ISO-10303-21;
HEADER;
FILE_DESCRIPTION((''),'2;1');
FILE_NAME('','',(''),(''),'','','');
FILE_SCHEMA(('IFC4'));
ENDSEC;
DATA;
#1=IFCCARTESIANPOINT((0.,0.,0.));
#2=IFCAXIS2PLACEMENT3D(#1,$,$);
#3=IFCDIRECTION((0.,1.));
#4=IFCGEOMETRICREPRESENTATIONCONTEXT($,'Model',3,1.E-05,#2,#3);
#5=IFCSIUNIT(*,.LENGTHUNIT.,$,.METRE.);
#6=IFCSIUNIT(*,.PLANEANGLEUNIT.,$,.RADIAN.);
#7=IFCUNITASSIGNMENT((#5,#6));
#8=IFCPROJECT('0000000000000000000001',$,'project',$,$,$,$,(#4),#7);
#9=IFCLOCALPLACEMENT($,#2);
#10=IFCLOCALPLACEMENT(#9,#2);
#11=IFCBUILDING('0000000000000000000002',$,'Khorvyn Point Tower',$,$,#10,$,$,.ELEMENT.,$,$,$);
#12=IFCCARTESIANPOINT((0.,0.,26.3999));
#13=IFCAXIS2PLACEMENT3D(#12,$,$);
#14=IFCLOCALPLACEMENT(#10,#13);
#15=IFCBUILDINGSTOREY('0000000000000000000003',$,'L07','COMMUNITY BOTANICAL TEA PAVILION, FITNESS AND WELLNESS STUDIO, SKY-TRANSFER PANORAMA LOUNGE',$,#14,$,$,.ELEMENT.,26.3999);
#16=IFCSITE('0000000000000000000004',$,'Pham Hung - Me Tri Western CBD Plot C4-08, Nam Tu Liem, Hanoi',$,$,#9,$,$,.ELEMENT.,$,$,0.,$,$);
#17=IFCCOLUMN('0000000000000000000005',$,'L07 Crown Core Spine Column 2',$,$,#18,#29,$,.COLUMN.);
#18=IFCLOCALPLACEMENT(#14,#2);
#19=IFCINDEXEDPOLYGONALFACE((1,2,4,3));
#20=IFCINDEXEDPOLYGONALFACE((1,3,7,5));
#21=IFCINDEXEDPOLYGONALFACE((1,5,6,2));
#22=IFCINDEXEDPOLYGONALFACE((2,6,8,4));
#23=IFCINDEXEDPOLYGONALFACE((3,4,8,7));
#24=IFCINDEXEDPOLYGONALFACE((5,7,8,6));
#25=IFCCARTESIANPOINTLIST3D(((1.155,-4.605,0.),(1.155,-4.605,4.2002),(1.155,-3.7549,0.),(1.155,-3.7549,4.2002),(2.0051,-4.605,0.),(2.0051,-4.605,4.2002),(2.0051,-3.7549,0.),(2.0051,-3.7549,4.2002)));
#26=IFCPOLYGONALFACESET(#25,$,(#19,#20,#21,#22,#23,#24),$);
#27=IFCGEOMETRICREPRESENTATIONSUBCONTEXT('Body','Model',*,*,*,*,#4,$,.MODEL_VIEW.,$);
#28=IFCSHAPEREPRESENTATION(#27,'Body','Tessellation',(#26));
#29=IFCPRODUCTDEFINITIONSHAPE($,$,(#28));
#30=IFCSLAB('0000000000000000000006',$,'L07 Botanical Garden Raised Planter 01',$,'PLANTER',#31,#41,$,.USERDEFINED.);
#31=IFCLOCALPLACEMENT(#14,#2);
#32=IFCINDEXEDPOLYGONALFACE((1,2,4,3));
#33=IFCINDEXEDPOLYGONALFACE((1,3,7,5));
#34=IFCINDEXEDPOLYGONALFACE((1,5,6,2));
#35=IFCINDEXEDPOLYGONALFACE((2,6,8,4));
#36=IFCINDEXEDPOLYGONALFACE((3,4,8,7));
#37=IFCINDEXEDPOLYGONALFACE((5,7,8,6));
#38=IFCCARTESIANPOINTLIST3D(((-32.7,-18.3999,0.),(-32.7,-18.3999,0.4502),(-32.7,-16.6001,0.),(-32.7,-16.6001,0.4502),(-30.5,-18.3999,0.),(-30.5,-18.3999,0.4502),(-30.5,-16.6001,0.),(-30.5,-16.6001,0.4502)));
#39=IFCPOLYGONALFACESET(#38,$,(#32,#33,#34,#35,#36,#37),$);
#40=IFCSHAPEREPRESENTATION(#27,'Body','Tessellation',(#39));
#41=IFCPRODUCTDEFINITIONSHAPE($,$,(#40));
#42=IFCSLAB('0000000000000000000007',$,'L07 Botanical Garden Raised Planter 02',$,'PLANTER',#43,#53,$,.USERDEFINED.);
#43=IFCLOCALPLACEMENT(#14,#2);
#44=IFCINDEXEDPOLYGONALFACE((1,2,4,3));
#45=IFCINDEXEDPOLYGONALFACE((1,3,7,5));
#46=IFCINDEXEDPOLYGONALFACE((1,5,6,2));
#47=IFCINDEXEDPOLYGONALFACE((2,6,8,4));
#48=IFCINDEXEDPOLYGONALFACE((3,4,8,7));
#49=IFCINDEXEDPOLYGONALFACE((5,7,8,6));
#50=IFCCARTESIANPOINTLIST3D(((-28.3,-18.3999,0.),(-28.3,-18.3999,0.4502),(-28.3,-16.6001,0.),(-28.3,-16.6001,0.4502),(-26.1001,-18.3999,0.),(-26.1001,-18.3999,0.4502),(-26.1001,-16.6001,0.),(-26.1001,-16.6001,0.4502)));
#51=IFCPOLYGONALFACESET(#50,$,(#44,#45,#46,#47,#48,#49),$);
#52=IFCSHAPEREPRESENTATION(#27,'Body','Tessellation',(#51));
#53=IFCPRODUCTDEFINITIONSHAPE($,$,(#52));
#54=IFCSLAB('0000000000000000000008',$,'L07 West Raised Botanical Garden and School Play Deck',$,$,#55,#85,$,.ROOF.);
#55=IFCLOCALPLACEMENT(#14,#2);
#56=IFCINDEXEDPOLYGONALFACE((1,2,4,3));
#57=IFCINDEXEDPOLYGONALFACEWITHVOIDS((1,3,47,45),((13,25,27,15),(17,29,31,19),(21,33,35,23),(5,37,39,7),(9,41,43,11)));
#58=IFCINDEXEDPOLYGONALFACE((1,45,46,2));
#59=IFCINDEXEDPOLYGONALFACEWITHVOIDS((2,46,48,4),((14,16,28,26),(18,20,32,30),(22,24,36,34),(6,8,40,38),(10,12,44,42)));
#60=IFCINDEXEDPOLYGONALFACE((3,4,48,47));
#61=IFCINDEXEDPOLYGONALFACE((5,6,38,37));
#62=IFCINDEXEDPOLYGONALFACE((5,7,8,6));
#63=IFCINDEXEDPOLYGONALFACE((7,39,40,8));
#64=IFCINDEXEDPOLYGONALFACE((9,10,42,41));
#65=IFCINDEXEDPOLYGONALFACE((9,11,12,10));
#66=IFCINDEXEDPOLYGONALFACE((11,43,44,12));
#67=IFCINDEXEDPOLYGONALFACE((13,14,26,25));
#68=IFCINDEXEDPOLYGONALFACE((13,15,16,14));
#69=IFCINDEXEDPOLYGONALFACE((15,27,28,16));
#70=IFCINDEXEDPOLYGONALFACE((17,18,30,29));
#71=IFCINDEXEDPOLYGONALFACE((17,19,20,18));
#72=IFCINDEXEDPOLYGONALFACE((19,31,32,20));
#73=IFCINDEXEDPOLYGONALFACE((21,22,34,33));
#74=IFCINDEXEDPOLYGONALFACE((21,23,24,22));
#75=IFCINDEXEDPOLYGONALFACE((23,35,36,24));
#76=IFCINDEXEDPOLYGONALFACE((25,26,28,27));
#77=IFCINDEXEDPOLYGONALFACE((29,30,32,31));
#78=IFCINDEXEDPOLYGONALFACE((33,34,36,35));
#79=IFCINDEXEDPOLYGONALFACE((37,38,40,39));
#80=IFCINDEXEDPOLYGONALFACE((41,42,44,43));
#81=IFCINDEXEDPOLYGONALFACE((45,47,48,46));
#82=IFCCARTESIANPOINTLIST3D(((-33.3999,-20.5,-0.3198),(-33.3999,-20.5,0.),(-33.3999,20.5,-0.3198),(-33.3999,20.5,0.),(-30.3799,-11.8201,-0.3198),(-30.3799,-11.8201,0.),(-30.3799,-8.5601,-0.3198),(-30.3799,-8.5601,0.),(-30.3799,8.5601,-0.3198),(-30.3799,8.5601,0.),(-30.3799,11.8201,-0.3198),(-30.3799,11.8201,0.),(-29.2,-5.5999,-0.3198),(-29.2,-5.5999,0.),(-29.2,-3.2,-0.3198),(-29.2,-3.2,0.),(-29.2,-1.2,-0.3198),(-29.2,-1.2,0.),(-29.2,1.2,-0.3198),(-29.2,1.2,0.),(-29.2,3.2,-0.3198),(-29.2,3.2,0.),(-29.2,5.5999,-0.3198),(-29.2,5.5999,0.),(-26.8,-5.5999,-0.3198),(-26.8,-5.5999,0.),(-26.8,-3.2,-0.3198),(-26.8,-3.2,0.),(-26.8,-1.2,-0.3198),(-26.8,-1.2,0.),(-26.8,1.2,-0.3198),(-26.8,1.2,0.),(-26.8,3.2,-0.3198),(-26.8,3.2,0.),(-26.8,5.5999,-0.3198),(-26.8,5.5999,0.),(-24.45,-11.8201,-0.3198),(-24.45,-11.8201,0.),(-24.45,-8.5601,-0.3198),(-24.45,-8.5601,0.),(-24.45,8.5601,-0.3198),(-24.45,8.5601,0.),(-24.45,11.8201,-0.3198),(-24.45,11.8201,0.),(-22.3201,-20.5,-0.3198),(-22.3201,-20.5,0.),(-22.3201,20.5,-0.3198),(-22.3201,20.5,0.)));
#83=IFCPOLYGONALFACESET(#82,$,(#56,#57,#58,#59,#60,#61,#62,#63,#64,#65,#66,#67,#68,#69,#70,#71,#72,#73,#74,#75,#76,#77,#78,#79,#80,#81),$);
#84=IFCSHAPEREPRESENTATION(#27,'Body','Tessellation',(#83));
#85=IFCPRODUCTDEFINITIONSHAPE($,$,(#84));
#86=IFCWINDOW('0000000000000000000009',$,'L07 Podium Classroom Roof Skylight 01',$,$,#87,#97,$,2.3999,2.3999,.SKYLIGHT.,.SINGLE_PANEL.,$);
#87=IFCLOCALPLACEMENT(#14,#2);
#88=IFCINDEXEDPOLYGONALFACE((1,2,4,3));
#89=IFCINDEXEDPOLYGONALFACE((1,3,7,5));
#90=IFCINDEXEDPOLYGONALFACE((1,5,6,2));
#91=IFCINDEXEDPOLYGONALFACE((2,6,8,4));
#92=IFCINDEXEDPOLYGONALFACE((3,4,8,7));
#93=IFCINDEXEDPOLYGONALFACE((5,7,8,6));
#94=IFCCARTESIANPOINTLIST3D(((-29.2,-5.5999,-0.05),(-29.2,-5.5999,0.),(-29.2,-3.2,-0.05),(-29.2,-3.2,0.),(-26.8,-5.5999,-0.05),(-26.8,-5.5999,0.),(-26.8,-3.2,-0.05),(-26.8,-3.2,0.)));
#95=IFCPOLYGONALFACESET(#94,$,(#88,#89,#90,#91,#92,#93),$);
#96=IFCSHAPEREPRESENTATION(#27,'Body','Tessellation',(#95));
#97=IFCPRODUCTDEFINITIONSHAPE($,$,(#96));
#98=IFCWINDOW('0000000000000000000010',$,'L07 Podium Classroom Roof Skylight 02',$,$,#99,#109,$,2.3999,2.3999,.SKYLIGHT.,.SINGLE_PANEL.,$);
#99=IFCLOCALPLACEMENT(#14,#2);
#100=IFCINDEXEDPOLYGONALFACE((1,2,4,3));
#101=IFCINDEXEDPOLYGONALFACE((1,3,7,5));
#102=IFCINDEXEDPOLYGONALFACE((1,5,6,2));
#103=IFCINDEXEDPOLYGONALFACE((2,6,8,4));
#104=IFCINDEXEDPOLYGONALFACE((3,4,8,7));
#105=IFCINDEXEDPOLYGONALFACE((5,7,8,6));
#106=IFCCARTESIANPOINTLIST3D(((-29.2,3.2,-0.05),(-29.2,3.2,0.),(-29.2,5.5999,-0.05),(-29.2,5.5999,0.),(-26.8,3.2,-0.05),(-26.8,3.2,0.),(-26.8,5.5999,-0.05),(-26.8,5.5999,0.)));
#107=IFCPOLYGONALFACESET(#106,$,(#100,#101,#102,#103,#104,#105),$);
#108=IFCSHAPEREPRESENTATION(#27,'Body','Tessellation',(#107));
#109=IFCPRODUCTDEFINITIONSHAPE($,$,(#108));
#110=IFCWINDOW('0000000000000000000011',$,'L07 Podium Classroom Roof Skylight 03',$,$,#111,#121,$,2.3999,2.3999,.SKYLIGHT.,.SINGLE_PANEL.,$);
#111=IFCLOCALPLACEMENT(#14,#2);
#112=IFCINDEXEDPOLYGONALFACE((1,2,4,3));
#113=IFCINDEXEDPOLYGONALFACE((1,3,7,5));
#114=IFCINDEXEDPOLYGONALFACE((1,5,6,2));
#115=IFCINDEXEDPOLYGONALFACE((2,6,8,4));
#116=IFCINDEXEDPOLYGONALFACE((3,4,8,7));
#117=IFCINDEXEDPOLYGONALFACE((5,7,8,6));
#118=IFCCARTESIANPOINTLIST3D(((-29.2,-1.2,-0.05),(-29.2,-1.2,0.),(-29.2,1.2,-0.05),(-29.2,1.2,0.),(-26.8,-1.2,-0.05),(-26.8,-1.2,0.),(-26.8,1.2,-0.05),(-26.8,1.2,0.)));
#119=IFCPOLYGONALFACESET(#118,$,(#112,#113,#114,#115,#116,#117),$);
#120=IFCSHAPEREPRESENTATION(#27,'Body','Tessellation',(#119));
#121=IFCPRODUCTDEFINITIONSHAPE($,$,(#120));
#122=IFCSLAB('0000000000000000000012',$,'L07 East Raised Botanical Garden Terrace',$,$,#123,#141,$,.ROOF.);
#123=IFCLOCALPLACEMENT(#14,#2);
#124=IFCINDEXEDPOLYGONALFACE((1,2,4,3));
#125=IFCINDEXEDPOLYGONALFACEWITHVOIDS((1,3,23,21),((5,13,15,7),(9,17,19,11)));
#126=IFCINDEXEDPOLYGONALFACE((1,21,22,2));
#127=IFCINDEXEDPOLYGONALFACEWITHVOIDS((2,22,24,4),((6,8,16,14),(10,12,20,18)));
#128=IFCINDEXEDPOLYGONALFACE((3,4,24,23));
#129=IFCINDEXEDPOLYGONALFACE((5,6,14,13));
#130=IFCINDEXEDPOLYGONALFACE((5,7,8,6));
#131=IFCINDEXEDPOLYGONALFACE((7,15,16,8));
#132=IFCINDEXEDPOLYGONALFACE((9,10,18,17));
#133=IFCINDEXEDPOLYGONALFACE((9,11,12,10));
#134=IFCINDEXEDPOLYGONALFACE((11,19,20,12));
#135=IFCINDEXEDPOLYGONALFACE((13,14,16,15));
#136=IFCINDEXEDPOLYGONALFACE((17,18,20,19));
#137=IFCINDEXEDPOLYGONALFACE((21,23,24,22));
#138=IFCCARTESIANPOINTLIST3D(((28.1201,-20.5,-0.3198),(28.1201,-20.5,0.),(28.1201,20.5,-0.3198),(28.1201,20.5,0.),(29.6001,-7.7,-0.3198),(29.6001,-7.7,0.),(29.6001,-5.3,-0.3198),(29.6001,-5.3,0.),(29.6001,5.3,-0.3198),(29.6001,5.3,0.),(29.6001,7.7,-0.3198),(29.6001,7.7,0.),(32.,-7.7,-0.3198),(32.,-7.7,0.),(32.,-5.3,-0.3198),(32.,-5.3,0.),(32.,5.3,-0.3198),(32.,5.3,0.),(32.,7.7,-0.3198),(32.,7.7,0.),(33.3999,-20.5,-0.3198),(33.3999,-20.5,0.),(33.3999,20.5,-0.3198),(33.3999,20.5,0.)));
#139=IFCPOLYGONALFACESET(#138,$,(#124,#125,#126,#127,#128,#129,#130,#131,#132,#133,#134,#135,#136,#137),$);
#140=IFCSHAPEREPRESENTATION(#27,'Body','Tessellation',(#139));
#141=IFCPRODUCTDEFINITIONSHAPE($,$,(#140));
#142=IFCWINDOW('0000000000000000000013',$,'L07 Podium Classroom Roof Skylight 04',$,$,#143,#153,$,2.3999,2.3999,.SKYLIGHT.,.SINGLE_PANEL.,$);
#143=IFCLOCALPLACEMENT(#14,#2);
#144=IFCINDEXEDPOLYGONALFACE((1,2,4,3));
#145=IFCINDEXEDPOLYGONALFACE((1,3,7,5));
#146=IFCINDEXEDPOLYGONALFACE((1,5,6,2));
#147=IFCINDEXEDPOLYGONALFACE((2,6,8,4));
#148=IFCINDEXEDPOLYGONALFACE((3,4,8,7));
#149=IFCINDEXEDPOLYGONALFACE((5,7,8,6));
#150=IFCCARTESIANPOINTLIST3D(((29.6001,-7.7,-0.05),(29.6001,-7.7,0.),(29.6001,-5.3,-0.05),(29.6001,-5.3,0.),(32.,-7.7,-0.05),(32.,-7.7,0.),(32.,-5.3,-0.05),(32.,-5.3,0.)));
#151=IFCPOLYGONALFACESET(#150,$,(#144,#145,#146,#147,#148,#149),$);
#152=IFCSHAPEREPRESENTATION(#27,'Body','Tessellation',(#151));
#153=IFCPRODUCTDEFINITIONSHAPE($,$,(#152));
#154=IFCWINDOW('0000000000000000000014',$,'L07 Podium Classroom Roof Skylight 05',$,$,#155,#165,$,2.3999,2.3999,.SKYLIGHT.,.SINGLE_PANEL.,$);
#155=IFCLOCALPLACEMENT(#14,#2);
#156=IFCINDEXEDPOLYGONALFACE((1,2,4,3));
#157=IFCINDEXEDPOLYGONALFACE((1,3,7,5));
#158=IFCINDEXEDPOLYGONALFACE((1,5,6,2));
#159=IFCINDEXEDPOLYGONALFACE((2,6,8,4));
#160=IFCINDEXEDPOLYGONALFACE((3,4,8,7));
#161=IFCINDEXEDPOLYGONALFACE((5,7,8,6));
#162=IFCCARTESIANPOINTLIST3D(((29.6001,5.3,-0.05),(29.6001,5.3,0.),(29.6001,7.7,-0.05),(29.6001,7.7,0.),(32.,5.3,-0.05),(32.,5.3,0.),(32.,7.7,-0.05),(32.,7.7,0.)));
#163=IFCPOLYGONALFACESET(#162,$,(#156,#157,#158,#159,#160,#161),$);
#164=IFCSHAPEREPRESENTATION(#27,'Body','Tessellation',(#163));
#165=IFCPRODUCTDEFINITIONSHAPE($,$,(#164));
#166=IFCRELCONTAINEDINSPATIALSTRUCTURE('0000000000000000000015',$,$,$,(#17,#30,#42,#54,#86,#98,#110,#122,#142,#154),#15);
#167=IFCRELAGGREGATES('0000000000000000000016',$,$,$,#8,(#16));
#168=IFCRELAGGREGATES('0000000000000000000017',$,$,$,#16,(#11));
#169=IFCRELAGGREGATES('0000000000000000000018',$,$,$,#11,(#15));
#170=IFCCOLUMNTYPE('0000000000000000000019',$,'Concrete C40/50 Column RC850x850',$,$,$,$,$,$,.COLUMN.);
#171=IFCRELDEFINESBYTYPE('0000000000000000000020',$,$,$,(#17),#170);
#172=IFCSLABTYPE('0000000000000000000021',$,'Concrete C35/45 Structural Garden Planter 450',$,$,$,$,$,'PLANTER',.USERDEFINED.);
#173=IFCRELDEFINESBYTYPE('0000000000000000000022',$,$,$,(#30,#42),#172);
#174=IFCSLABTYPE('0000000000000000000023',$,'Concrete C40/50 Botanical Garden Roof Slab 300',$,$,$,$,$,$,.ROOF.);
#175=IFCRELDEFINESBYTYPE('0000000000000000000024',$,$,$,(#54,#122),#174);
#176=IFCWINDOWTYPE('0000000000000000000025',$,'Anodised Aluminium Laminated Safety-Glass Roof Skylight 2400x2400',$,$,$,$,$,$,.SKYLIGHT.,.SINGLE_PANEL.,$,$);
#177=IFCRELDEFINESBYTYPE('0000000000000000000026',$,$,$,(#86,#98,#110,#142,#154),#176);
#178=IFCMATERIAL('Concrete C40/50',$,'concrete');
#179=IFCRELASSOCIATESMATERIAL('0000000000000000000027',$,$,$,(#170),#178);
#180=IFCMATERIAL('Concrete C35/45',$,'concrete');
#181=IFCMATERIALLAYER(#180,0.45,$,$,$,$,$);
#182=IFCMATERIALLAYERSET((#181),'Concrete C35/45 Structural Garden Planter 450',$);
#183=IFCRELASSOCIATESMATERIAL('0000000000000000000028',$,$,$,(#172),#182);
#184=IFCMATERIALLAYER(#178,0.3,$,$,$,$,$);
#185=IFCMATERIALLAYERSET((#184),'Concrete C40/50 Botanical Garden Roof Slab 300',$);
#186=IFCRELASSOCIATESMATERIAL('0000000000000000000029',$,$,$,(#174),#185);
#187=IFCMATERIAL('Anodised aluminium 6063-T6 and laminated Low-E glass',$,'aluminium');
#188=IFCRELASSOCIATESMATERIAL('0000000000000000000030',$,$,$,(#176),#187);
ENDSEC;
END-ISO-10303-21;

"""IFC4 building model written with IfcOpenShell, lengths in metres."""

from ifc_helpers import new_model, si_unit, direction, frame, origin, origin_2d, place, context, subcontext, project, spatial, polyline, rectangle, outline, extrude, material, layer, layer_set, material_profile, profile_set, type_object, element, fill, save


model = new_model("IFC4")

# Units and contexts
model_context = context("Model", 3, precision=1e-05, world=origin(), true_north=direction((0.0, 1.0)))
body_context = subcontext(model_context, "Body", "Model", "MODEL_VIEW")
ifc_project = project(units=[si_unit("LENGTHUNIT", "METRE"), si_unit("PLANEANGLEUNIT", "RADIAN")], contexts=[model_context])

# Site, building, storey
site_placement = place(None, origin())
site = spatial("IfcSite", under=ifc_project, at=site_placement, Name="Pham Hung - Me Tri Western CBD Plot C4-08, Nam Tu Liem, Hanoi", CompositionType="ELEMENT", RefElevation=0.0)
building_placement = place(site_placement, origin())
building = spatial("IfcBuilding", under=site, at=building_placement, Name="Khorvyn Point Tower", CompositionType="ELEMENT")
storey_placement = place(building_placement, frame((0.0, 0.0, 26.3999)))
storey = spatial("IfcBuildingStorey", under=building, at=storey_placement, Name="L07", Description="COMMUNITY BOTANICAL TEA PAVILION, FITNESS AND WELLNESS STUDIO, SKY-TRANSFER PANORAMA LOUNGE", CompositionType="ELEMENT", Elevation=26.3999)

# Column
ifc_material_1 = material(Name="Concrete C40/50", Category="concrete")
ifc_material_profile = material_profile(ifc_material_1, rectangle(XDim=0.8501, YDim=0.8501, at=origin_2d()))
ifc_profile_set = profile_set([ifc_material_profile], Name="Concrete C40/50 RC850x850")
column_type = type_object("IfcColumnType", Name="Concrete C40/50 Column RC850x850", PredefinedType="COLUMN", material=ifc_profile_set)
column_placement = place(storey_placement, frame((1.5801, -4.1799, 0.0), z_axis=(0.0, 0.0, 1.0), x_axis=(1.0, 0.0, 0.0)))
element("IfcColumn", 1, at=column_placement, inside=storey, type_object=column_type, Name="L07 Crown Core Spine Column 2", PredefinedType="COLUMN", context=body_context, shape_type="SweptSolid", body=[
    extrude(rectangle(XDim=0.8501, YDim=0.8501, at=origin_2d()), origin(), (0.0, 0.0, 1.0), 4.2002),
])

# Slabs
ifc_material_2 = material(Name="Concrete C35/45", Category="concrete")
ifc_layer_1 = layer(ifc_material_2, 0.45)
ifc_layer_set_1 = layer_set([ifc_layer_1], Name="Concrete C35/45 Structural Garden Planter 450")
slab_type_1 = type_object("IfcSlabType", Name="Concrete C35/45 Structural Garden Planter 450", ElementType="PLANTER", PredefinedType="USERDEFINED", material=ifc_layer_set_1)
slab_1_placement = place(storey_placement, origin())
element("IfcSlab", 2, at=slab_1_placement, inside=storey, type_object=slab_type_1, Name="L07 Botanical Garden Raised Planter 01", ObjectType="PLANTER", PredefinedType="USERDEFINED", context=body_context, shape_type="SweptSolid", body=[
    extrude(outline(polyline([(-32.7, -18.3999), (-30.5, -18.3999), (-30.5, -16.6001), (-32.7, -16.6001), (-32.7, -18.3999)])), origin(), (0.0, 0.0, 1.0), 0.4502),
])
slab_2_placement = place(storey_placement, origin())
element("IfcSlab", 3, at=slab_2_placement, inside=storey, type_object=slab_type_1, Name="L07 Botanical Garden Raised Planter 02", ObjectType="PLANTER", PredefinedType="USERDEFINED", context=body_context, shape_type="SweptSolid", body=[
    extrude(outline(polyline([(-28.3, -18.3999), (-26.1001, -18.3999), (-26.1001, -16.6001), (-28.3, -16.6001), (-28.3, -18.3999)])), origin(), (0.0, 0.0, 1.0), 0.4502),
])

# Slabs, openings, windows
ifc_layer_2 = layer(ifc_material_1, 0.3)
ifc_layer_set_2 = layer_set([ifc_layer_2], Name="Concrete C40/50 Botanical Garden Roof Slab 300")
slab_type_2 = type_object("IfcSlabType", Name="Concrete C40/50 Botanical Garden Roof Slab 300", PredefinedType="ROOF", material=ifc_layer_set_2)
slab_3_placement = place(storey_placement, frame((0.0, 0.0, -0.3198)))
slab_3 = element("IfcSlab", 4, at=slab_3_placement, inside=storey, type_object=slab_type_2, Name="L07 West Raised Botanical Garden and School Play Deck", PredefinedType="ROOF", context=body_context, shape_type="SweptSolid", body=[
    extrude(outline(polyline([(-33.3999, 20.5), (-22.3201, 20.5), (-22.3201, -20.5), (-33.3999, -20.5), (-33.3999, 20.5)]), holes=[polyline([(-30.3799, -8.5601), (-30.3799, -11.8201), (-24.45, -11.8201), (-24.45, -8.5601), (-30.3799, -8.5601)]), polyline([(-30.3799, 11.8201), (-30.3799, 8.5601), (-24.45, 8.5601), (-24.45, 11.8201), (-30.3799, 11.8201)])]), origin(), (0.0, 0.0, 1.0), 0.3198),
])
opening_1_placement = place(slab_3_placement, frame((-28.0, -4.3999, 0.0)))
opening_1 = element("IfcOpeningElement", 5, at=opening_1_placement, cuts=slab_3, PredefinedType="OPENING", context=body_context, shape_type="SweptSolid", body=[
    extrude(rectangle(XDim=2.3999, YDim=2.3999, at=origin_2d()), origin(), (0.0, 0.0, 1.0), 0.3198),
])
opening_2_placement = place(slab_3_placement, frame((-28.0, 4.3999, 0.0)))
opening_2 = element("IfcOpeningElement", 6, at=opening_2_placement, cuts=slab_3, PredefinedType="OPENING", context=body_context, shape_type="SweptSolid", body=[
    extrude(rectangle(XDim=2.3999, YDim=2.3999, at=origin_2d()), origin(), (0.0, 0.0, 1.0), 0.3198),
])
opening_3_placement = place(slab_3_placement, frame((-28.0, 0.0, 0.0)))
opening_3 = element("IfcOpeningElement", 7, at=opening_3_placement, cuts=slab_3, PredefinedType="OPENING", context=body_context, shape_type="SweptSolid", body=[
    extrude(rectangle(XDim=2.3999, YDim=2.3999, at=origin_2d()), origin(), (0.0, 0.0, 1.0), 0.3198),
])
ifc_material_3 = material(Name="Anodised aluminium 6063-T6 and laminated Low-E glass", Category="aluminium")
window_type = type_object("IfcWindowType", Name="Anodised Aluminium Laminated Safety-Glass Roof Skylight 2400x2400", PartitioningType="SINGLE_PANEL", PredefinedType="SKYLIGHT", material=ifc_material_3)
window_1_placement = place(opening_1_placement, frame((0.0, 0.0, 0.2698)))
window_1 = element("IfcWindow", 8, at=window_1_placement, inside=storey, type_object=window_type, Name="L07 Podium Classroom Roof Skylight 01", OverallHeight=2.3999, OverallWidth=2.3999, PartitioningType="SINGLE_PANEL", PredefinedType="SKYLIGHT", context=body_context, shape_type="SweptSolid", body=[
    extrude(rectangle(XDim=2.3999, YDim=2.3999, at=origin_2d()), origin(), (0.0, 0.0, 1.0), 0.05),
])
fill(opening_1, window_1)
window_2_placement = place(opening_2_placement, frame((0.0, 0.0, 0.2698)))
window_2 = element("IfcWindow", 9, at=window_2_placement, inside=storey, type_object=window_type, Name="L07 Podium Classroom Roof Skylight 02", OverallHeight=2.3999, OverallWidth=2.3999, PartitioningType="SINGLE_PANEL", PredefinedType="SKYLIGHT", context=body_context, shape_type="SweptSolid", body=[
    extrude(rectangle(XDim=2.3999, YDim=2.3999, at=origin_2d()), origin(), (0.0, 0.0, 1.0), 0.05),
])
fill(opening_2, window_2)
window_3_placement = place(opening_3_placement, frame((0.0, 0.0, 0.2698)))
window_3 = element("IfcWindow", 10, at=window_3_placement, inside=storey, type_object=window_type, Name="L07 Podium Classroom Roof Skylight 03", OverallHeight=2.3999, OverallWidth=2.3999, PartitioningType="SINGLE_PANEL", PredefinedType="SKYLIGHT", context=body_context, shape_type="SweptSolid", body=[
    extrude(rectangle(XDim=2.3999, YDim=2.3999, at=origin_2d()), origin(), (0.0, 0.0, 1.0), 0.05),
])
fill(opening_3, window_3)
slab_4_placement = place(storey_placement, frame((0.0, 0.0, -0.3198)))
slab_4 = element("IfcSlab", 11, at=slab_4_placement, inside=storey, type_object=slab_type_2, Name="L07 East Raised Botanical Garden Terrace", PredefinedType="ROOF", context=body_context, shape_type="SweptSolid", body=[
    extrude(outline(polyline([(28.1201, -20.5), (33.3999, -20.5), (33.3999, 20.5), (28.1201, 20.5), (28.1201, -20.5)])), origin(), (0.0, 0.0, 1.0), 0.3198),
])
opening_4_placement = place(slab_4_placement, frame((30.8, -6.5, 0.0)))
opening_4 = element("IfcOpeningElement", 12, at=opening_4_placement, cuts=slab_4, PredefinedType="OPENING", context=body_context, shape_type="SweptSolid", body=[
    extrude(rectangle(XDim=2.3999, YDim=2.3999, at=origin_2d()), origin(), (0.0, 0.0, 1.0), 0.3198),
])
opening_5_placement = place(slab_4_placement, frame((30.8, 6.5, 0.0)))
opening_5 = element("IfcOpeningElement", 13, at=opening_5_placement, cuts=slab_4, PredefinedType="OPENING", context=body_context, shape_type="SweptSolid", body=[
    extrude(rectangle(XDim=2.3999, YDim=2.3999, at=origin_2d()), origin(), (0.0, 0.0, 1.0), 0.3198),
])
window_4_placement = place(opening_4_placement, frame((0.0, 0.0, 0.2698)))
window_4 = element("IfcWindow", 14, at=window_4_placement, inside=storey, type_object=window_type, Name="L07 Podium Classroom Roof Skylight 04", OverallHeight=2.3999, OverallWidth=2.3999, PartitioningType="SINGLE_PANEL", PredefinedType="SKYLIGHT", context=body_context, shape_type="SweptSolid", body=[
    extrude(rectangle(XDim=2.3999, YDim=2.3999, at=origin_2d()), origin(), (0.0, 0.0, 1.0), 0.05),
])
fill(opening_4, window_4)
window_5_placement = place(opening_5_placement, frame((0.0, 0.0, 0.2698)))
window_5 = element("IfcWindow", 15, at=window_5_placement, inside=storey, type_object=window_type, Name="L07 Podium Classroom Roof Skylight 05", OverallHeight=2.3999, OverallWidth=2.3999, PartitioningType="SINGLE_PANEL", PredefinedType="SKYLIGHT", context=body_context, shape_type="SweptSolid", body=[
    extrude(rectangle(XDim=2.3999, YDim=2.3999, at=origin_2d()), origin(), (0.0, 0.0, 1.0), 0.05),
])
fill(opening_5, window_5)

save(model, "model.ifc")
